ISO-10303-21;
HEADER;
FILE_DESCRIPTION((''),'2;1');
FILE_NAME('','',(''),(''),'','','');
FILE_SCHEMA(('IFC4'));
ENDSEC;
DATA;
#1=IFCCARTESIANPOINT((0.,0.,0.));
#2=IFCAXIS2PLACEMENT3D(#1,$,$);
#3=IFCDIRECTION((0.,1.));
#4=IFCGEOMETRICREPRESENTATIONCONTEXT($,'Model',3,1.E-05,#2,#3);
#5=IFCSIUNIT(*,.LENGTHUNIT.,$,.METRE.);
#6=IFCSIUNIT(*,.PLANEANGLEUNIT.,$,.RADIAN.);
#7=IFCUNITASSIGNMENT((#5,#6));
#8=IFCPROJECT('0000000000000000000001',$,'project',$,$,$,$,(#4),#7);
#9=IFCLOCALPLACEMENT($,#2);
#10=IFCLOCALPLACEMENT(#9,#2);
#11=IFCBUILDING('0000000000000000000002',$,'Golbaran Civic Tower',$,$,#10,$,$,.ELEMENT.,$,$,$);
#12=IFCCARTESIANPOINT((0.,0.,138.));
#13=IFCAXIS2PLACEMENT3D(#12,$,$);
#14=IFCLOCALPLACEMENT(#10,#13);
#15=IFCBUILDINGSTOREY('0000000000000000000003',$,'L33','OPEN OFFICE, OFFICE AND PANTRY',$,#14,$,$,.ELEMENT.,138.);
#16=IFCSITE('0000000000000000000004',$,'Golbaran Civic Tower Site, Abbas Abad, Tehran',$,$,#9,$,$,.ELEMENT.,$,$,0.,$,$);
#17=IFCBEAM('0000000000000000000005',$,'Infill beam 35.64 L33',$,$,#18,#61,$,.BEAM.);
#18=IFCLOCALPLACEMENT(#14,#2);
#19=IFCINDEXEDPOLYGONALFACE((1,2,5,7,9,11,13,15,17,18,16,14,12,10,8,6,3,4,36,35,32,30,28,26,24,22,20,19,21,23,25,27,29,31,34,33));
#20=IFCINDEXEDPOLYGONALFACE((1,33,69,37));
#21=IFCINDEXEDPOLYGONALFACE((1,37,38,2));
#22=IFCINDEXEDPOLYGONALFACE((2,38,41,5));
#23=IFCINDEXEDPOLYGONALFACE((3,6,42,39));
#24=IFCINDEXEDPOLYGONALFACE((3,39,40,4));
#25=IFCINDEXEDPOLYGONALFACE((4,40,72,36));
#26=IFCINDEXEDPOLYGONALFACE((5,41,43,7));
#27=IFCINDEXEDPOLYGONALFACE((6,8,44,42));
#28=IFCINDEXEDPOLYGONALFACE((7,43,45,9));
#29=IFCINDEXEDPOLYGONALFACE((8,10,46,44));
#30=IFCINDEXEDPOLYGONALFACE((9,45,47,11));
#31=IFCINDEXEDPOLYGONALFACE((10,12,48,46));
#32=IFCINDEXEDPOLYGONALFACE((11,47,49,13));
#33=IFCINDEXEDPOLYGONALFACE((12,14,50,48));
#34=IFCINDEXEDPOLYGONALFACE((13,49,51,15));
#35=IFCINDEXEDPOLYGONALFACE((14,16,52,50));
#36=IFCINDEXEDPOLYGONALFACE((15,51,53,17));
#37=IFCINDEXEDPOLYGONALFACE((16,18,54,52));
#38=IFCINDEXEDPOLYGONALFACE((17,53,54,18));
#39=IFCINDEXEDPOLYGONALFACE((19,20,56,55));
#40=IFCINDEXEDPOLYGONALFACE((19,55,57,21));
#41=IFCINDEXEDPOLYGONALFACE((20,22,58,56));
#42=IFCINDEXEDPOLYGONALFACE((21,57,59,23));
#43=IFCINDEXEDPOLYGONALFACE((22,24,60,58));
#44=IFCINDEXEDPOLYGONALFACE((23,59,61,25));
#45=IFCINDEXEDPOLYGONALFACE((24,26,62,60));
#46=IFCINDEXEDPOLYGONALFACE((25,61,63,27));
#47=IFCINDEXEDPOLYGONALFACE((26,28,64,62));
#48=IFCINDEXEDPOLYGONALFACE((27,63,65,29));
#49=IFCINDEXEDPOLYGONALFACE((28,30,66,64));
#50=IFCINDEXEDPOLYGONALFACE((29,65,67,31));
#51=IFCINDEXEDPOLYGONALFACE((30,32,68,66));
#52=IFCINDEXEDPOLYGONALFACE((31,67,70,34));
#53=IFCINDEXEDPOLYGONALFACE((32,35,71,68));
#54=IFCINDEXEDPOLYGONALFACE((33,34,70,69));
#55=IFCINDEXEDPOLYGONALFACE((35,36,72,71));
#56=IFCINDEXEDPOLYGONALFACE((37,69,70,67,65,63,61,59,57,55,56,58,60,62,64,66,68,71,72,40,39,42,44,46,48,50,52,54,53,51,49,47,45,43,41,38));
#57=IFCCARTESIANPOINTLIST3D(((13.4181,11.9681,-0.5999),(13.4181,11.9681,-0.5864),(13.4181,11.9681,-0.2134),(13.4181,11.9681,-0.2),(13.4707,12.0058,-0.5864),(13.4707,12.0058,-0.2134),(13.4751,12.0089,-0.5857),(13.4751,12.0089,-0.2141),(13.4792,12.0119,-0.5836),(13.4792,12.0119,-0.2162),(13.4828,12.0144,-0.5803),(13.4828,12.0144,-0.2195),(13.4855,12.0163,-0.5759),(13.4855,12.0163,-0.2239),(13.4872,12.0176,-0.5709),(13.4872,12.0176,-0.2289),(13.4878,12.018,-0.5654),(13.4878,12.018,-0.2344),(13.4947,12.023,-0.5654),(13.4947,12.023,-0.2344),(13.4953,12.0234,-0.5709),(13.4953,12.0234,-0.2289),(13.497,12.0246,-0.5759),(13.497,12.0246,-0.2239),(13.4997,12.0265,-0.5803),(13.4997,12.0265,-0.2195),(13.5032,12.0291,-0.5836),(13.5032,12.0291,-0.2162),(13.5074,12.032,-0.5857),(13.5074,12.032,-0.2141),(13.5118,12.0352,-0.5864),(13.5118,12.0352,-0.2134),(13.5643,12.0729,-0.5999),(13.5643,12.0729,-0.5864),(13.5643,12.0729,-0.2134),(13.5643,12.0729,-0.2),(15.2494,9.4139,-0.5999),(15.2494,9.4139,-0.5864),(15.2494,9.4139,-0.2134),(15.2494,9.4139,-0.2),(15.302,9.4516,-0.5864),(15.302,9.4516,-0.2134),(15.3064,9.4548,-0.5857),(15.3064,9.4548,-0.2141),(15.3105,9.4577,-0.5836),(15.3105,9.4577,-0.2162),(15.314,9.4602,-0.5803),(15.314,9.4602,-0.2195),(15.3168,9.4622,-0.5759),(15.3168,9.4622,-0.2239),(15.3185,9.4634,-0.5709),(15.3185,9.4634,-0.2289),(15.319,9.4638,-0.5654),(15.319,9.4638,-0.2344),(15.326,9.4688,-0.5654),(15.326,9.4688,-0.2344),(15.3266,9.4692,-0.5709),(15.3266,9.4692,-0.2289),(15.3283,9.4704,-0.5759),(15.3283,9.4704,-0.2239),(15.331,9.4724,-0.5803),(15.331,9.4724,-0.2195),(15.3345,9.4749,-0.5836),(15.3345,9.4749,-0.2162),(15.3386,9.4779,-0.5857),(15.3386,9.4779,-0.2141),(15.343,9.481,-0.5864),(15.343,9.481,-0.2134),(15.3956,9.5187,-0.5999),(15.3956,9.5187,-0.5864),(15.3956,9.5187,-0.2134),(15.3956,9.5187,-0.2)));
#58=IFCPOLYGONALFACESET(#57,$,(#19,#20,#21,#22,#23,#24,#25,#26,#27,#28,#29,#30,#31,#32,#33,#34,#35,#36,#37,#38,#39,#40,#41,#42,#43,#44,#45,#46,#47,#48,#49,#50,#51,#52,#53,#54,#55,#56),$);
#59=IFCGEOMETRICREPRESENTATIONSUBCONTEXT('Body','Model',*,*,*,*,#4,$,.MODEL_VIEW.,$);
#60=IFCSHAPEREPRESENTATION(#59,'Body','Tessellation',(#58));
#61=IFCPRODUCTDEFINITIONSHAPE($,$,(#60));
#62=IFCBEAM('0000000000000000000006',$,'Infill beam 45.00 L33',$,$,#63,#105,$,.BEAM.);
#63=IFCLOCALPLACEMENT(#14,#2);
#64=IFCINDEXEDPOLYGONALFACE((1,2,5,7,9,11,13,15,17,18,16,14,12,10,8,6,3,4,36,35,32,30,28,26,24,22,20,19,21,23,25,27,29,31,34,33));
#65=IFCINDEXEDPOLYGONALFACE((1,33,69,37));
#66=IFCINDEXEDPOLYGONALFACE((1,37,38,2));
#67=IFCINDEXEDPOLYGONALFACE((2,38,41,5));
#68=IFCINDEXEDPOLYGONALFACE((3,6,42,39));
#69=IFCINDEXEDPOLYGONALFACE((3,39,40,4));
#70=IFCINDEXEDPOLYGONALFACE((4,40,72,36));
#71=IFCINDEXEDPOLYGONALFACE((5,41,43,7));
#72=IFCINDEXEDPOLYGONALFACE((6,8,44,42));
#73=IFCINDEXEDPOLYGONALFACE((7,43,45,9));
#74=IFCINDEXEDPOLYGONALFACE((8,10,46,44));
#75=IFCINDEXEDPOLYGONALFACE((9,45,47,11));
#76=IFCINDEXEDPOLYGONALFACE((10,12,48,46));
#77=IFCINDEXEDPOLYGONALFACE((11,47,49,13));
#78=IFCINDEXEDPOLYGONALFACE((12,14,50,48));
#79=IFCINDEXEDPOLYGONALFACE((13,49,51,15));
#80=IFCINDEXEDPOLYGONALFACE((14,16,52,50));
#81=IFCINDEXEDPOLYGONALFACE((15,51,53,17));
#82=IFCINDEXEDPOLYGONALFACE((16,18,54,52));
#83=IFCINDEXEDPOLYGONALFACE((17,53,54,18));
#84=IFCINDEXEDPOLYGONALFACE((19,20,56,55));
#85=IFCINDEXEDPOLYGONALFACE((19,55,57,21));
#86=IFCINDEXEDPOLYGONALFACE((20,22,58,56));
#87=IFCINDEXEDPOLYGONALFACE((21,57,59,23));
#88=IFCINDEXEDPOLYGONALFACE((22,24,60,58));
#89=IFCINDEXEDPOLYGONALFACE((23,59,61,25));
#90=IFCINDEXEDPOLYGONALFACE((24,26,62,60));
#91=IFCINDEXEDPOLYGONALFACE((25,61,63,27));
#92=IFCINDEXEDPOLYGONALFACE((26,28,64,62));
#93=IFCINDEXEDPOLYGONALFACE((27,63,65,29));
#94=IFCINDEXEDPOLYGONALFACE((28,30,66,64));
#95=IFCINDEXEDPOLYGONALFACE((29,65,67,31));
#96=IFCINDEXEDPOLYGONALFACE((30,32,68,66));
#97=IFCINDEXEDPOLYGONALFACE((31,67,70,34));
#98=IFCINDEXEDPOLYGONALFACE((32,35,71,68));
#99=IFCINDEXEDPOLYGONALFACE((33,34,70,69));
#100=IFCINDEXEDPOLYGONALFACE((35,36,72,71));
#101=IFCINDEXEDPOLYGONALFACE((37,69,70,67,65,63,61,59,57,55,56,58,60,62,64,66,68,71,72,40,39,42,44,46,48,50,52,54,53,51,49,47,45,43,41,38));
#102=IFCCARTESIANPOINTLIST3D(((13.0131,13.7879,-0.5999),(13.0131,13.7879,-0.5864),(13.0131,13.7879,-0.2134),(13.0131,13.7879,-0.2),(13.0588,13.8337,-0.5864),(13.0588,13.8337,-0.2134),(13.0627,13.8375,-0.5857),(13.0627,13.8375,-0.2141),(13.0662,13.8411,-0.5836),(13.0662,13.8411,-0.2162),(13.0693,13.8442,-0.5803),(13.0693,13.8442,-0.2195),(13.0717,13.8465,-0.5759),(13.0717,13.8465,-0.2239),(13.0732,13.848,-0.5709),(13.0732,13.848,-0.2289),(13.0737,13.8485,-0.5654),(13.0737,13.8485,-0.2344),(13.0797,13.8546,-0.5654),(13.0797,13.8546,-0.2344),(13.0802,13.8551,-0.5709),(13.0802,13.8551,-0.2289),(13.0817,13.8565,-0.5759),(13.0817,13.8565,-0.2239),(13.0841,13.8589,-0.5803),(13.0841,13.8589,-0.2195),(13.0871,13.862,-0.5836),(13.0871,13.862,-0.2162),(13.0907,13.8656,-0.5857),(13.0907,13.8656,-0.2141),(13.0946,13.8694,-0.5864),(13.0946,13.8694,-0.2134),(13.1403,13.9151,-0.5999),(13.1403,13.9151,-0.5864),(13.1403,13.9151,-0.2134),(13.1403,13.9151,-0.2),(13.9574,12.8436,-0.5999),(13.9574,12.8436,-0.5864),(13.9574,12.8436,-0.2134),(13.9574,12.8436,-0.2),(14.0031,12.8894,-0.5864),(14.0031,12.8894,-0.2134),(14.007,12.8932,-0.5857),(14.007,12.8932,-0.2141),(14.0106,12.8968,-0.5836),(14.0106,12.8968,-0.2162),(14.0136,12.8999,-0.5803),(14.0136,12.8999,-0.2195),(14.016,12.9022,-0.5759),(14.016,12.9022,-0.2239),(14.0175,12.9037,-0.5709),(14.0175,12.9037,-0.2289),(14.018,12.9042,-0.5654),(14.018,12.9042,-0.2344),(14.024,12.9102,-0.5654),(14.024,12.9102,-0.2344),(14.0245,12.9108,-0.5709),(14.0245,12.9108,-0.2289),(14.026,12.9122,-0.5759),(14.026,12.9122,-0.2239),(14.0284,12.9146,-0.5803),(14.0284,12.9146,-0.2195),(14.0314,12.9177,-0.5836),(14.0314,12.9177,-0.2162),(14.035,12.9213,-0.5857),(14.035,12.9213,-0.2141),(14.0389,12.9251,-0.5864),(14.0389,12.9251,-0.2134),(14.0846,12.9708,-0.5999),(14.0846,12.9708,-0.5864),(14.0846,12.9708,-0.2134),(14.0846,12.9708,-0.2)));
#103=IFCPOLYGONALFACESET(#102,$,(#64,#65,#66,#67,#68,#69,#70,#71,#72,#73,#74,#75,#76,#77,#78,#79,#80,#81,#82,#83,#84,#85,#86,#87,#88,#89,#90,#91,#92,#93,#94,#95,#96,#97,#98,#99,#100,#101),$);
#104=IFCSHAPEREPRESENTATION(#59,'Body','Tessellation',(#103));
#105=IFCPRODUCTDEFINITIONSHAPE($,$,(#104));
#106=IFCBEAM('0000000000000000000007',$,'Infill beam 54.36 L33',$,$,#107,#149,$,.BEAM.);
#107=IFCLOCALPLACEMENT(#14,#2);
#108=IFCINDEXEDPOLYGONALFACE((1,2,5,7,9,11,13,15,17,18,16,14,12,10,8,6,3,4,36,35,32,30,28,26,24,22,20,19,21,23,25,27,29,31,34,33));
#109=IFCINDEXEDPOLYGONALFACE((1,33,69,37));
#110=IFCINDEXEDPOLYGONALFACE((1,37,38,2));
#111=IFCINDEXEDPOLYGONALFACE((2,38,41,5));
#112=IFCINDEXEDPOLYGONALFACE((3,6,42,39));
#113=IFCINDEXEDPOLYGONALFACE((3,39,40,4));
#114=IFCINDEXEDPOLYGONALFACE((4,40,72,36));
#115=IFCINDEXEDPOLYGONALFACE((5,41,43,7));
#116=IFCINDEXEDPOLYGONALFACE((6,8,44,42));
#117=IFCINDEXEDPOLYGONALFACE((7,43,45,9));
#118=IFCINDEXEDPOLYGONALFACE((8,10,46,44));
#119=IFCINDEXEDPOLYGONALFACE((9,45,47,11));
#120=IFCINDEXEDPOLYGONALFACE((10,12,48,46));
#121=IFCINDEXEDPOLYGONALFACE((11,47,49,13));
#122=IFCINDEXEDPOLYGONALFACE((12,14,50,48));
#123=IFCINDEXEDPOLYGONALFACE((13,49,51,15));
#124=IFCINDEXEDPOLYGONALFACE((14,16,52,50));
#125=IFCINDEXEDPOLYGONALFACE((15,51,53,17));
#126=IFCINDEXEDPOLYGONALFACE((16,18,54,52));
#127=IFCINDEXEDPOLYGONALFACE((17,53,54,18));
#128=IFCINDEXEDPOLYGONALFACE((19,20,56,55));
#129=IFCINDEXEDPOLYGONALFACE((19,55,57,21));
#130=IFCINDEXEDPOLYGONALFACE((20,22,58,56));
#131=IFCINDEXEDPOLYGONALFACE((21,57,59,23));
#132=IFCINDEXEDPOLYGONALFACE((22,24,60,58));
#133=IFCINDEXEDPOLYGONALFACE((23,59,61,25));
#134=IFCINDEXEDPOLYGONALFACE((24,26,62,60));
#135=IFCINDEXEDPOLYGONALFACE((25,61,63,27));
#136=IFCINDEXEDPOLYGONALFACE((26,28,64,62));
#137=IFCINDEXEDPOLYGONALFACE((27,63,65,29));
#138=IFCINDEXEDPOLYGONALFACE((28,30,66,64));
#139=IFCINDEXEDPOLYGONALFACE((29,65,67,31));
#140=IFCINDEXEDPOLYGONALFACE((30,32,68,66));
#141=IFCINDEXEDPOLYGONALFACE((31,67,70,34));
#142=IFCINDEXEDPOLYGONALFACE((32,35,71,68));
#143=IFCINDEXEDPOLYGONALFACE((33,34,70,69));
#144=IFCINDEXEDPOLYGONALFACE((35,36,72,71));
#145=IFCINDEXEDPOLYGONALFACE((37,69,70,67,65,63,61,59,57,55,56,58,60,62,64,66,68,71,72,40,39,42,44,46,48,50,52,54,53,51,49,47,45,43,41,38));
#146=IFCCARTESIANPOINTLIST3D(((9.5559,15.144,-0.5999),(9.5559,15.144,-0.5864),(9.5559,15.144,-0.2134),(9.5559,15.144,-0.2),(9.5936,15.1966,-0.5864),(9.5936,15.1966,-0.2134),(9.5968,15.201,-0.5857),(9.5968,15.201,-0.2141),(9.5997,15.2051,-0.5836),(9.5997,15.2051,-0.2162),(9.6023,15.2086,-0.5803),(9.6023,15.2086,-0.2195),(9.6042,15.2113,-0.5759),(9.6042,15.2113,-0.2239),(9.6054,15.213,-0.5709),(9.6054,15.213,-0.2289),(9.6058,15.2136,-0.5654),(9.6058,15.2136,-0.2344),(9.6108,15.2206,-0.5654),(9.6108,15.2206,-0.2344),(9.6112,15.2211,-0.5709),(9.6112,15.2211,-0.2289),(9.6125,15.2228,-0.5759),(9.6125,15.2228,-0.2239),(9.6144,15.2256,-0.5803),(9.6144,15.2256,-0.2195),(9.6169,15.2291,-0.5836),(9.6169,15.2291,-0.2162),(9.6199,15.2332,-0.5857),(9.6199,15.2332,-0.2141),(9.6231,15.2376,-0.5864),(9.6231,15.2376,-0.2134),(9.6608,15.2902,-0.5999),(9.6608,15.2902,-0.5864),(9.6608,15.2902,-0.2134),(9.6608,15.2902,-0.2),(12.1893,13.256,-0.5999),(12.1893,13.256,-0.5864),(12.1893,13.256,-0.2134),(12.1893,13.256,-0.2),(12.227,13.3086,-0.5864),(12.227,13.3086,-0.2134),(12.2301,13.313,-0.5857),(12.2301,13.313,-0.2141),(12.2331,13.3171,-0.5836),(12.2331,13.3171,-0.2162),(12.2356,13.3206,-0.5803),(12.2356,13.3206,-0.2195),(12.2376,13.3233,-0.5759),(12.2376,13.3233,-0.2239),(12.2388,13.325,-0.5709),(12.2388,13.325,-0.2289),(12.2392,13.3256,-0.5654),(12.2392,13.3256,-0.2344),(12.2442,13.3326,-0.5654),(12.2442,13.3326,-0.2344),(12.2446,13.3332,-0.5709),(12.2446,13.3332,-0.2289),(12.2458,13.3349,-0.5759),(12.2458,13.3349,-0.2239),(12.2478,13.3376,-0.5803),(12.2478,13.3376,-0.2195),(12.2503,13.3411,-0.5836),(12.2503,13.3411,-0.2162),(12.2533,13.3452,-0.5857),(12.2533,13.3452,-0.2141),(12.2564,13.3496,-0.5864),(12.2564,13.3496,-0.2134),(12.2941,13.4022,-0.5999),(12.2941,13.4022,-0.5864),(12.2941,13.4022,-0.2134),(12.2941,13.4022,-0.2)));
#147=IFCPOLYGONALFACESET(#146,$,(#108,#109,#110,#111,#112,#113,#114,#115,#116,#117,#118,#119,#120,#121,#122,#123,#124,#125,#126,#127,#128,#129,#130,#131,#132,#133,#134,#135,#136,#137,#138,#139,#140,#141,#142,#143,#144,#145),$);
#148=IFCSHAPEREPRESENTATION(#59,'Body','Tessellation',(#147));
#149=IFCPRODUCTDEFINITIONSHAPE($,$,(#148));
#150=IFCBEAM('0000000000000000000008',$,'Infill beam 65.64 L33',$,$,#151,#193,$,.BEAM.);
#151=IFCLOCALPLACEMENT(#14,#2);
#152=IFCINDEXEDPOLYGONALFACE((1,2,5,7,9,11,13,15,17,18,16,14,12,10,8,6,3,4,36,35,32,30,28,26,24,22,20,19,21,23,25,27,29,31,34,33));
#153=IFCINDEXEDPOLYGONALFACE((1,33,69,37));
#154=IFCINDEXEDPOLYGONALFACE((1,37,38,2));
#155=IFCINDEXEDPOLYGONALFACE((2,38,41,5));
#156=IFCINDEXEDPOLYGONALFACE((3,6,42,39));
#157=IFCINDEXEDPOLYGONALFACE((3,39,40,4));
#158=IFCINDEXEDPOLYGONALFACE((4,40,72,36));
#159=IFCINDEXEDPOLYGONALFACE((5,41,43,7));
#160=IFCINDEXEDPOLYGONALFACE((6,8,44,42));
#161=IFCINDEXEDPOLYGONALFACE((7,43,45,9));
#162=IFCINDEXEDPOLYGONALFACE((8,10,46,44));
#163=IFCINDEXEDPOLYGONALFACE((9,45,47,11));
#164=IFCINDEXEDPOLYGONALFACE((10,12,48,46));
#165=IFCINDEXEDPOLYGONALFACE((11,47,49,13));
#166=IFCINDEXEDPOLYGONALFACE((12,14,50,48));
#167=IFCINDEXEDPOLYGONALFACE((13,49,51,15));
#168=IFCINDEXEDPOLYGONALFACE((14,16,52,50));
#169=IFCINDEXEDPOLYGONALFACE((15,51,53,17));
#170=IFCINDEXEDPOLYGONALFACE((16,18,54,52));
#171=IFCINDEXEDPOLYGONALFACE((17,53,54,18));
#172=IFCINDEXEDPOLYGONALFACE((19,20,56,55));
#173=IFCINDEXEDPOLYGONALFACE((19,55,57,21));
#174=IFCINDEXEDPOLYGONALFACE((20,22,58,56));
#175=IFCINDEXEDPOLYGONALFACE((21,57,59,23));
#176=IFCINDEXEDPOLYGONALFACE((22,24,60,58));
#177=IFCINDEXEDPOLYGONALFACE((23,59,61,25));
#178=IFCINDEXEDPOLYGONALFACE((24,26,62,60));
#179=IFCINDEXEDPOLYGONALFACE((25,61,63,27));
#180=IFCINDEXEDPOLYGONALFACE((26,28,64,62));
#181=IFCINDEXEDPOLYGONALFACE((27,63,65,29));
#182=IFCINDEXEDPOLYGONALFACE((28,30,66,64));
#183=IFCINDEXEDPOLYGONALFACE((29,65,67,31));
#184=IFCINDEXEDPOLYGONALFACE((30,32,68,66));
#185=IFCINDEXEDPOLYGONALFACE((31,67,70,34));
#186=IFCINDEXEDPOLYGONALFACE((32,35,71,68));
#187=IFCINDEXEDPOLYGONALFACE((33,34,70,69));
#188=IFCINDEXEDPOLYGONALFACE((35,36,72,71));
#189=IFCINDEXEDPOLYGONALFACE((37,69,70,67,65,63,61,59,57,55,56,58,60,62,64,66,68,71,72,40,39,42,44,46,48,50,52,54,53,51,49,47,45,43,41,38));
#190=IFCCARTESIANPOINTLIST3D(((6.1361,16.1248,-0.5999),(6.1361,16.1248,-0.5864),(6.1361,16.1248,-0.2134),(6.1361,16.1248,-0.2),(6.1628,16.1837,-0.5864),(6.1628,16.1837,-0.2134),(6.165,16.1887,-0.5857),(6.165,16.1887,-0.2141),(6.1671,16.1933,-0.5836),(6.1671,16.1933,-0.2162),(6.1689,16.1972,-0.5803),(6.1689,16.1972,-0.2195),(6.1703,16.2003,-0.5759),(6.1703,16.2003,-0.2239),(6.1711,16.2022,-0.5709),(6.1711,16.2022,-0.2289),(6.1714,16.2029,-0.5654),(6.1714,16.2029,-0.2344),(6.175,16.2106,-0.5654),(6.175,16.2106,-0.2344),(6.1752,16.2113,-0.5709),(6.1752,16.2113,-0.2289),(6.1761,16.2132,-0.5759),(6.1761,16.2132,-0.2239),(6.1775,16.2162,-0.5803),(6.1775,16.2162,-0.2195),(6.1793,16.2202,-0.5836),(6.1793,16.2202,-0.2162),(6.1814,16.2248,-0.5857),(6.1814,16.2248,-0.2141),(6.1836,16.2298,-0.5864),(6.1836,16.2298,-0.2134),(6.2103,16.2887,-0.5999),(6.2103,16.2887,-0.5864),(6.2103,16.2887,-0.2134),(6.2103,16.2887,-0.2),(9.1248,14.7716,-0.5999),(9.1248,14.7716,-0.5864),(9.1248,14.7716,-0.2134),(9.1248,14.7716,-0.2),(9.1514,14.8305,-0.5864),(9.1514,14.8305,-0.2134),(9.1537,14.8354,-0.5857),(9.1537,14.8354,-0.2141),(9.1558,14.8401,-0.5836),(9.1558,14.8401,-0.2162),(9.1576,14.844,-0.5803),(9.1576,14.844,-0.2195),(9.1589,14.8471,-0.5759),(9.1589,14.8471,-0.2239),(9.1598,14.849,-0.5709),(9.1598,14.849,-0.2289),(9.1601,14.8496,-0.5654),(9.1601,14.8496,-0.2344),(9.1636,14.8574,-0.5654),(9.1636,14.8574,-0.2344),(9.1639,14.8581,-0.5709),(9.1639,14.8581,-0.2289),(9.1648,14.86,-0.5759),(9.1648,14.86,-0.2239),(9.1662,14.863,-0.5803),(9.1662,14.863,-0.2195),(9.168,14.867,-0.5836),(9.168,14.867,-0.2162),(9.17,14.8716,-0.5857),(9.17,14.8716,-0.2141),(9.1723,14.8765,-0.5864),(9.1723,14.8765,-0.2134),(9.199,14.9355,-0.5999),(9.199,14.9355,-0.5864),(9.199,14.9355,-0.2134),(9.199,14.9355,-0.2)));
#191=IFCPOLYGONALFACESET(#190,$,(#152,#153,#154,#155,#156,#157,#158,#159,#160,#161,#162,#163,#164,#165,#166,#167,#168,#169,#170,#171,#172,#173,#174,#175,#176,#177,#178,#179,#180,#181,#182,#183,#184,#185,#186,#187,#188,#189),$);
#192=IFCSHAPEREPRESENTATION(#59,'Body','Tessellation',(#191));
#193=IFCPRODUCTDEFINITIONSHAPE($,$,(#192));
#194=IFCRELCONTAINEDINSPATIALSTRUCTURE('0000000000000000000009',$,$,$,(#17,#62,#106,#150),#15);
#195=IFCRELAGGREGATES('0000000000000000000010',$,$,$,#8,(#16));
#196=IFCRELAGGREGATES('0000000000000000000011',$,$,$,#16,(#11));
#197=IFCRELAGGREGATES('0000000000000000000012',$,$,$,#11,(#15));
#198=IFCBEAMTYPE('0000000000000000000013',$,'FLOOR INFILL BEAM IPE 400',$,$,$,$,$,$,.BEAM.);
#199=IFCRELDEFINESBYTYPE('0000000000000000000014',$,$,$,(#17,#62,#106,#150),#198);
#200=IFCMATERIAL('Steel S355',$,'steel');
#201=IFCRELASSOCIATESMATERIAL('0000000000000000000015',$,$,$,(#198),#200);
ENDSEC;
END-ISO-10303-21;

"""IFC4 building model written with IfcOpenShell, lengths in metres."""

from ifc_helpers import new_model, si_unit, direction, frame, origin, origin_2d, place, context, subcontext, project, spatial, i_section, extrude, material, material_profile, profile_set, type_object, element, save


model = new_model("IFC4")

# Units and contexts
model_context = context("Model", 3, precision=1e-05, world=origin(), true_north=direction((0.0, 1.0)))
body_context = subcontext(model_context, "Body", "Model", "MODEL_VIEW")
ifc_project = project(units=[si_unit("LENGTHUNIT", "METRE"), si_unit("PLANEANGLEUNIT", "RADIAN")], contexts=[model_context])

# Site, building, storey
site_placement = place(None, origin())
site = spatial("IfcSite", under=ifc_project, at=site_placement, Name="Golbaran Civic Tower Site, Abbas Abad, Tehran", CompositionType="ELEMENT", RefElevation=0.0)
building_placement = place(site_placement, origin())
building = spatial("IfcBuilding", under=site, at=building_placement, Name="Golbaran Civic Tower", CompositionType="ELEMENT")
storey_placement = place(building_placement, frame((0.0, 0.0, 138.0)))
storey = spatial("IfcBuildingStorey", under=building, at=storey_placement, Name="L33", Description="OPEN OFFICE, OFFICE AND PANTRY", CompositionType="ELEMENT", Elevation=138.0)

# Beams
ifc_material_1 = material(Name="Steel S355", Category="steel")
ifc_material_profile_1 = material_profile(ifc_material_1, i_section(OverallWidth=0.1799, OverallDepth=0.3999, WebThickness=0.0085, FlangeThickness=0.0134, FilletRadius=0.021, at=origin_2d()), Name="IPE 400")
ifc_profile_set_1 = profile_set([ifc_material_profile_1], Name="Steel S355")
beam_type_1 = type_object("IfcBeamType", Name="FLOOR INFILL BEAM IPE 400", PredefinedType="BEAM", material=ifc_profile_set_1)
beam_1_placement = place(storey_placement, frame((15.3225, 9.4663, -0.3999), z_axis=(-0.582685, 0.812698, 0.0), x_axis=(-0.812698, -0.582685, 0.0)))
element("IfcBeam", 1, at=beam_1_placement, inside=storey, type_object=beam_type_1, Name="Infill beam 35.64 L33", PredefinedType="BEAM", context=body_context, shape_type="SweptSolid", body=[
    extrude(i_section(OverallWidth=0.1799, OverallDepth=0.3999, WebThickness=0.0085, FlangeThickness=0.0134, FilletRadius=0.021, at=origin_2d()), origin(), (0.0, 0.0, 1.0), 3.1428),
])
beam_2_placement = place(storey_placement, frame((14.021, 12.9072, -0.3999), z_axis=(-0.707107, 0.707107, 0.0), x_axis=(-0.707107, -0.707107, 0.0)))
element("IfcBeam", 2, at=beam_2_placement, inside=storey, type_object=beam_type_1, Name="Infill beam 45.00 L33", PredefinedType="BEAM", context=body_context, shape_type="SweptSolid", body=[
    extrude(i_section(OverallWidth=0.1799, OverallDepth=0.3999, WebThickness=0.0085, FlangeThickness=0.0134, FilletRadius=0.021, at=origin_2d()), origin(), (0.0, 0.0, 1.0), 1.3354),
])
beam_3_placement = place(storey_placement, frame((12.2417, 13.3291, -0.3999), z_axis=(-0.812709, 0.58267, 0.0), x_axis=(-0.58267, -0.812709, 0.0)))
element("IfcBeam", 3, at=beam_3_placement, inside=storey, type_object=beam_type_1, Name="Infill beam 54.36 L33", PredefinedType="BEAM", context=body_context, shape_type="SweptSolid", body=[
    extrude(i_section(OverallWidth=0.1799, OverallDepth=0.3999, WebThickness=0.0085, FlangeThickness=0.0134, FilletRadius=0.021, at=origin_2d()), origin(), (0.0, 0.0, 1.0), 3.2402),
])
beam_4_placement = place(storey_placement, frame((9.1619, 14.8535, -0.3999), z_axis=(-0.910969, 0.412474, 0.0), x_axis=(-0.412474, -0.910969, 0.0)))
element("IfcBeam", 4, at=beam_4_placement, inside=storey, type_object=beam_type_1, Name="Infill beam 65.64 L33", PredefinedType="BEAM", context=body_context, shape_type="SweptSolid", body=[
    extrude(i_section(OverallWidth=0.1799, OverallDepth=0.3999, WebThickness=0.0085, FlangeThickness=0.0134, FilletRadius=0.021, at=origin_2d()), origin(), (0.0, 0.0, 1.0), 3.2808),
])

save(model, "model.ifc")
